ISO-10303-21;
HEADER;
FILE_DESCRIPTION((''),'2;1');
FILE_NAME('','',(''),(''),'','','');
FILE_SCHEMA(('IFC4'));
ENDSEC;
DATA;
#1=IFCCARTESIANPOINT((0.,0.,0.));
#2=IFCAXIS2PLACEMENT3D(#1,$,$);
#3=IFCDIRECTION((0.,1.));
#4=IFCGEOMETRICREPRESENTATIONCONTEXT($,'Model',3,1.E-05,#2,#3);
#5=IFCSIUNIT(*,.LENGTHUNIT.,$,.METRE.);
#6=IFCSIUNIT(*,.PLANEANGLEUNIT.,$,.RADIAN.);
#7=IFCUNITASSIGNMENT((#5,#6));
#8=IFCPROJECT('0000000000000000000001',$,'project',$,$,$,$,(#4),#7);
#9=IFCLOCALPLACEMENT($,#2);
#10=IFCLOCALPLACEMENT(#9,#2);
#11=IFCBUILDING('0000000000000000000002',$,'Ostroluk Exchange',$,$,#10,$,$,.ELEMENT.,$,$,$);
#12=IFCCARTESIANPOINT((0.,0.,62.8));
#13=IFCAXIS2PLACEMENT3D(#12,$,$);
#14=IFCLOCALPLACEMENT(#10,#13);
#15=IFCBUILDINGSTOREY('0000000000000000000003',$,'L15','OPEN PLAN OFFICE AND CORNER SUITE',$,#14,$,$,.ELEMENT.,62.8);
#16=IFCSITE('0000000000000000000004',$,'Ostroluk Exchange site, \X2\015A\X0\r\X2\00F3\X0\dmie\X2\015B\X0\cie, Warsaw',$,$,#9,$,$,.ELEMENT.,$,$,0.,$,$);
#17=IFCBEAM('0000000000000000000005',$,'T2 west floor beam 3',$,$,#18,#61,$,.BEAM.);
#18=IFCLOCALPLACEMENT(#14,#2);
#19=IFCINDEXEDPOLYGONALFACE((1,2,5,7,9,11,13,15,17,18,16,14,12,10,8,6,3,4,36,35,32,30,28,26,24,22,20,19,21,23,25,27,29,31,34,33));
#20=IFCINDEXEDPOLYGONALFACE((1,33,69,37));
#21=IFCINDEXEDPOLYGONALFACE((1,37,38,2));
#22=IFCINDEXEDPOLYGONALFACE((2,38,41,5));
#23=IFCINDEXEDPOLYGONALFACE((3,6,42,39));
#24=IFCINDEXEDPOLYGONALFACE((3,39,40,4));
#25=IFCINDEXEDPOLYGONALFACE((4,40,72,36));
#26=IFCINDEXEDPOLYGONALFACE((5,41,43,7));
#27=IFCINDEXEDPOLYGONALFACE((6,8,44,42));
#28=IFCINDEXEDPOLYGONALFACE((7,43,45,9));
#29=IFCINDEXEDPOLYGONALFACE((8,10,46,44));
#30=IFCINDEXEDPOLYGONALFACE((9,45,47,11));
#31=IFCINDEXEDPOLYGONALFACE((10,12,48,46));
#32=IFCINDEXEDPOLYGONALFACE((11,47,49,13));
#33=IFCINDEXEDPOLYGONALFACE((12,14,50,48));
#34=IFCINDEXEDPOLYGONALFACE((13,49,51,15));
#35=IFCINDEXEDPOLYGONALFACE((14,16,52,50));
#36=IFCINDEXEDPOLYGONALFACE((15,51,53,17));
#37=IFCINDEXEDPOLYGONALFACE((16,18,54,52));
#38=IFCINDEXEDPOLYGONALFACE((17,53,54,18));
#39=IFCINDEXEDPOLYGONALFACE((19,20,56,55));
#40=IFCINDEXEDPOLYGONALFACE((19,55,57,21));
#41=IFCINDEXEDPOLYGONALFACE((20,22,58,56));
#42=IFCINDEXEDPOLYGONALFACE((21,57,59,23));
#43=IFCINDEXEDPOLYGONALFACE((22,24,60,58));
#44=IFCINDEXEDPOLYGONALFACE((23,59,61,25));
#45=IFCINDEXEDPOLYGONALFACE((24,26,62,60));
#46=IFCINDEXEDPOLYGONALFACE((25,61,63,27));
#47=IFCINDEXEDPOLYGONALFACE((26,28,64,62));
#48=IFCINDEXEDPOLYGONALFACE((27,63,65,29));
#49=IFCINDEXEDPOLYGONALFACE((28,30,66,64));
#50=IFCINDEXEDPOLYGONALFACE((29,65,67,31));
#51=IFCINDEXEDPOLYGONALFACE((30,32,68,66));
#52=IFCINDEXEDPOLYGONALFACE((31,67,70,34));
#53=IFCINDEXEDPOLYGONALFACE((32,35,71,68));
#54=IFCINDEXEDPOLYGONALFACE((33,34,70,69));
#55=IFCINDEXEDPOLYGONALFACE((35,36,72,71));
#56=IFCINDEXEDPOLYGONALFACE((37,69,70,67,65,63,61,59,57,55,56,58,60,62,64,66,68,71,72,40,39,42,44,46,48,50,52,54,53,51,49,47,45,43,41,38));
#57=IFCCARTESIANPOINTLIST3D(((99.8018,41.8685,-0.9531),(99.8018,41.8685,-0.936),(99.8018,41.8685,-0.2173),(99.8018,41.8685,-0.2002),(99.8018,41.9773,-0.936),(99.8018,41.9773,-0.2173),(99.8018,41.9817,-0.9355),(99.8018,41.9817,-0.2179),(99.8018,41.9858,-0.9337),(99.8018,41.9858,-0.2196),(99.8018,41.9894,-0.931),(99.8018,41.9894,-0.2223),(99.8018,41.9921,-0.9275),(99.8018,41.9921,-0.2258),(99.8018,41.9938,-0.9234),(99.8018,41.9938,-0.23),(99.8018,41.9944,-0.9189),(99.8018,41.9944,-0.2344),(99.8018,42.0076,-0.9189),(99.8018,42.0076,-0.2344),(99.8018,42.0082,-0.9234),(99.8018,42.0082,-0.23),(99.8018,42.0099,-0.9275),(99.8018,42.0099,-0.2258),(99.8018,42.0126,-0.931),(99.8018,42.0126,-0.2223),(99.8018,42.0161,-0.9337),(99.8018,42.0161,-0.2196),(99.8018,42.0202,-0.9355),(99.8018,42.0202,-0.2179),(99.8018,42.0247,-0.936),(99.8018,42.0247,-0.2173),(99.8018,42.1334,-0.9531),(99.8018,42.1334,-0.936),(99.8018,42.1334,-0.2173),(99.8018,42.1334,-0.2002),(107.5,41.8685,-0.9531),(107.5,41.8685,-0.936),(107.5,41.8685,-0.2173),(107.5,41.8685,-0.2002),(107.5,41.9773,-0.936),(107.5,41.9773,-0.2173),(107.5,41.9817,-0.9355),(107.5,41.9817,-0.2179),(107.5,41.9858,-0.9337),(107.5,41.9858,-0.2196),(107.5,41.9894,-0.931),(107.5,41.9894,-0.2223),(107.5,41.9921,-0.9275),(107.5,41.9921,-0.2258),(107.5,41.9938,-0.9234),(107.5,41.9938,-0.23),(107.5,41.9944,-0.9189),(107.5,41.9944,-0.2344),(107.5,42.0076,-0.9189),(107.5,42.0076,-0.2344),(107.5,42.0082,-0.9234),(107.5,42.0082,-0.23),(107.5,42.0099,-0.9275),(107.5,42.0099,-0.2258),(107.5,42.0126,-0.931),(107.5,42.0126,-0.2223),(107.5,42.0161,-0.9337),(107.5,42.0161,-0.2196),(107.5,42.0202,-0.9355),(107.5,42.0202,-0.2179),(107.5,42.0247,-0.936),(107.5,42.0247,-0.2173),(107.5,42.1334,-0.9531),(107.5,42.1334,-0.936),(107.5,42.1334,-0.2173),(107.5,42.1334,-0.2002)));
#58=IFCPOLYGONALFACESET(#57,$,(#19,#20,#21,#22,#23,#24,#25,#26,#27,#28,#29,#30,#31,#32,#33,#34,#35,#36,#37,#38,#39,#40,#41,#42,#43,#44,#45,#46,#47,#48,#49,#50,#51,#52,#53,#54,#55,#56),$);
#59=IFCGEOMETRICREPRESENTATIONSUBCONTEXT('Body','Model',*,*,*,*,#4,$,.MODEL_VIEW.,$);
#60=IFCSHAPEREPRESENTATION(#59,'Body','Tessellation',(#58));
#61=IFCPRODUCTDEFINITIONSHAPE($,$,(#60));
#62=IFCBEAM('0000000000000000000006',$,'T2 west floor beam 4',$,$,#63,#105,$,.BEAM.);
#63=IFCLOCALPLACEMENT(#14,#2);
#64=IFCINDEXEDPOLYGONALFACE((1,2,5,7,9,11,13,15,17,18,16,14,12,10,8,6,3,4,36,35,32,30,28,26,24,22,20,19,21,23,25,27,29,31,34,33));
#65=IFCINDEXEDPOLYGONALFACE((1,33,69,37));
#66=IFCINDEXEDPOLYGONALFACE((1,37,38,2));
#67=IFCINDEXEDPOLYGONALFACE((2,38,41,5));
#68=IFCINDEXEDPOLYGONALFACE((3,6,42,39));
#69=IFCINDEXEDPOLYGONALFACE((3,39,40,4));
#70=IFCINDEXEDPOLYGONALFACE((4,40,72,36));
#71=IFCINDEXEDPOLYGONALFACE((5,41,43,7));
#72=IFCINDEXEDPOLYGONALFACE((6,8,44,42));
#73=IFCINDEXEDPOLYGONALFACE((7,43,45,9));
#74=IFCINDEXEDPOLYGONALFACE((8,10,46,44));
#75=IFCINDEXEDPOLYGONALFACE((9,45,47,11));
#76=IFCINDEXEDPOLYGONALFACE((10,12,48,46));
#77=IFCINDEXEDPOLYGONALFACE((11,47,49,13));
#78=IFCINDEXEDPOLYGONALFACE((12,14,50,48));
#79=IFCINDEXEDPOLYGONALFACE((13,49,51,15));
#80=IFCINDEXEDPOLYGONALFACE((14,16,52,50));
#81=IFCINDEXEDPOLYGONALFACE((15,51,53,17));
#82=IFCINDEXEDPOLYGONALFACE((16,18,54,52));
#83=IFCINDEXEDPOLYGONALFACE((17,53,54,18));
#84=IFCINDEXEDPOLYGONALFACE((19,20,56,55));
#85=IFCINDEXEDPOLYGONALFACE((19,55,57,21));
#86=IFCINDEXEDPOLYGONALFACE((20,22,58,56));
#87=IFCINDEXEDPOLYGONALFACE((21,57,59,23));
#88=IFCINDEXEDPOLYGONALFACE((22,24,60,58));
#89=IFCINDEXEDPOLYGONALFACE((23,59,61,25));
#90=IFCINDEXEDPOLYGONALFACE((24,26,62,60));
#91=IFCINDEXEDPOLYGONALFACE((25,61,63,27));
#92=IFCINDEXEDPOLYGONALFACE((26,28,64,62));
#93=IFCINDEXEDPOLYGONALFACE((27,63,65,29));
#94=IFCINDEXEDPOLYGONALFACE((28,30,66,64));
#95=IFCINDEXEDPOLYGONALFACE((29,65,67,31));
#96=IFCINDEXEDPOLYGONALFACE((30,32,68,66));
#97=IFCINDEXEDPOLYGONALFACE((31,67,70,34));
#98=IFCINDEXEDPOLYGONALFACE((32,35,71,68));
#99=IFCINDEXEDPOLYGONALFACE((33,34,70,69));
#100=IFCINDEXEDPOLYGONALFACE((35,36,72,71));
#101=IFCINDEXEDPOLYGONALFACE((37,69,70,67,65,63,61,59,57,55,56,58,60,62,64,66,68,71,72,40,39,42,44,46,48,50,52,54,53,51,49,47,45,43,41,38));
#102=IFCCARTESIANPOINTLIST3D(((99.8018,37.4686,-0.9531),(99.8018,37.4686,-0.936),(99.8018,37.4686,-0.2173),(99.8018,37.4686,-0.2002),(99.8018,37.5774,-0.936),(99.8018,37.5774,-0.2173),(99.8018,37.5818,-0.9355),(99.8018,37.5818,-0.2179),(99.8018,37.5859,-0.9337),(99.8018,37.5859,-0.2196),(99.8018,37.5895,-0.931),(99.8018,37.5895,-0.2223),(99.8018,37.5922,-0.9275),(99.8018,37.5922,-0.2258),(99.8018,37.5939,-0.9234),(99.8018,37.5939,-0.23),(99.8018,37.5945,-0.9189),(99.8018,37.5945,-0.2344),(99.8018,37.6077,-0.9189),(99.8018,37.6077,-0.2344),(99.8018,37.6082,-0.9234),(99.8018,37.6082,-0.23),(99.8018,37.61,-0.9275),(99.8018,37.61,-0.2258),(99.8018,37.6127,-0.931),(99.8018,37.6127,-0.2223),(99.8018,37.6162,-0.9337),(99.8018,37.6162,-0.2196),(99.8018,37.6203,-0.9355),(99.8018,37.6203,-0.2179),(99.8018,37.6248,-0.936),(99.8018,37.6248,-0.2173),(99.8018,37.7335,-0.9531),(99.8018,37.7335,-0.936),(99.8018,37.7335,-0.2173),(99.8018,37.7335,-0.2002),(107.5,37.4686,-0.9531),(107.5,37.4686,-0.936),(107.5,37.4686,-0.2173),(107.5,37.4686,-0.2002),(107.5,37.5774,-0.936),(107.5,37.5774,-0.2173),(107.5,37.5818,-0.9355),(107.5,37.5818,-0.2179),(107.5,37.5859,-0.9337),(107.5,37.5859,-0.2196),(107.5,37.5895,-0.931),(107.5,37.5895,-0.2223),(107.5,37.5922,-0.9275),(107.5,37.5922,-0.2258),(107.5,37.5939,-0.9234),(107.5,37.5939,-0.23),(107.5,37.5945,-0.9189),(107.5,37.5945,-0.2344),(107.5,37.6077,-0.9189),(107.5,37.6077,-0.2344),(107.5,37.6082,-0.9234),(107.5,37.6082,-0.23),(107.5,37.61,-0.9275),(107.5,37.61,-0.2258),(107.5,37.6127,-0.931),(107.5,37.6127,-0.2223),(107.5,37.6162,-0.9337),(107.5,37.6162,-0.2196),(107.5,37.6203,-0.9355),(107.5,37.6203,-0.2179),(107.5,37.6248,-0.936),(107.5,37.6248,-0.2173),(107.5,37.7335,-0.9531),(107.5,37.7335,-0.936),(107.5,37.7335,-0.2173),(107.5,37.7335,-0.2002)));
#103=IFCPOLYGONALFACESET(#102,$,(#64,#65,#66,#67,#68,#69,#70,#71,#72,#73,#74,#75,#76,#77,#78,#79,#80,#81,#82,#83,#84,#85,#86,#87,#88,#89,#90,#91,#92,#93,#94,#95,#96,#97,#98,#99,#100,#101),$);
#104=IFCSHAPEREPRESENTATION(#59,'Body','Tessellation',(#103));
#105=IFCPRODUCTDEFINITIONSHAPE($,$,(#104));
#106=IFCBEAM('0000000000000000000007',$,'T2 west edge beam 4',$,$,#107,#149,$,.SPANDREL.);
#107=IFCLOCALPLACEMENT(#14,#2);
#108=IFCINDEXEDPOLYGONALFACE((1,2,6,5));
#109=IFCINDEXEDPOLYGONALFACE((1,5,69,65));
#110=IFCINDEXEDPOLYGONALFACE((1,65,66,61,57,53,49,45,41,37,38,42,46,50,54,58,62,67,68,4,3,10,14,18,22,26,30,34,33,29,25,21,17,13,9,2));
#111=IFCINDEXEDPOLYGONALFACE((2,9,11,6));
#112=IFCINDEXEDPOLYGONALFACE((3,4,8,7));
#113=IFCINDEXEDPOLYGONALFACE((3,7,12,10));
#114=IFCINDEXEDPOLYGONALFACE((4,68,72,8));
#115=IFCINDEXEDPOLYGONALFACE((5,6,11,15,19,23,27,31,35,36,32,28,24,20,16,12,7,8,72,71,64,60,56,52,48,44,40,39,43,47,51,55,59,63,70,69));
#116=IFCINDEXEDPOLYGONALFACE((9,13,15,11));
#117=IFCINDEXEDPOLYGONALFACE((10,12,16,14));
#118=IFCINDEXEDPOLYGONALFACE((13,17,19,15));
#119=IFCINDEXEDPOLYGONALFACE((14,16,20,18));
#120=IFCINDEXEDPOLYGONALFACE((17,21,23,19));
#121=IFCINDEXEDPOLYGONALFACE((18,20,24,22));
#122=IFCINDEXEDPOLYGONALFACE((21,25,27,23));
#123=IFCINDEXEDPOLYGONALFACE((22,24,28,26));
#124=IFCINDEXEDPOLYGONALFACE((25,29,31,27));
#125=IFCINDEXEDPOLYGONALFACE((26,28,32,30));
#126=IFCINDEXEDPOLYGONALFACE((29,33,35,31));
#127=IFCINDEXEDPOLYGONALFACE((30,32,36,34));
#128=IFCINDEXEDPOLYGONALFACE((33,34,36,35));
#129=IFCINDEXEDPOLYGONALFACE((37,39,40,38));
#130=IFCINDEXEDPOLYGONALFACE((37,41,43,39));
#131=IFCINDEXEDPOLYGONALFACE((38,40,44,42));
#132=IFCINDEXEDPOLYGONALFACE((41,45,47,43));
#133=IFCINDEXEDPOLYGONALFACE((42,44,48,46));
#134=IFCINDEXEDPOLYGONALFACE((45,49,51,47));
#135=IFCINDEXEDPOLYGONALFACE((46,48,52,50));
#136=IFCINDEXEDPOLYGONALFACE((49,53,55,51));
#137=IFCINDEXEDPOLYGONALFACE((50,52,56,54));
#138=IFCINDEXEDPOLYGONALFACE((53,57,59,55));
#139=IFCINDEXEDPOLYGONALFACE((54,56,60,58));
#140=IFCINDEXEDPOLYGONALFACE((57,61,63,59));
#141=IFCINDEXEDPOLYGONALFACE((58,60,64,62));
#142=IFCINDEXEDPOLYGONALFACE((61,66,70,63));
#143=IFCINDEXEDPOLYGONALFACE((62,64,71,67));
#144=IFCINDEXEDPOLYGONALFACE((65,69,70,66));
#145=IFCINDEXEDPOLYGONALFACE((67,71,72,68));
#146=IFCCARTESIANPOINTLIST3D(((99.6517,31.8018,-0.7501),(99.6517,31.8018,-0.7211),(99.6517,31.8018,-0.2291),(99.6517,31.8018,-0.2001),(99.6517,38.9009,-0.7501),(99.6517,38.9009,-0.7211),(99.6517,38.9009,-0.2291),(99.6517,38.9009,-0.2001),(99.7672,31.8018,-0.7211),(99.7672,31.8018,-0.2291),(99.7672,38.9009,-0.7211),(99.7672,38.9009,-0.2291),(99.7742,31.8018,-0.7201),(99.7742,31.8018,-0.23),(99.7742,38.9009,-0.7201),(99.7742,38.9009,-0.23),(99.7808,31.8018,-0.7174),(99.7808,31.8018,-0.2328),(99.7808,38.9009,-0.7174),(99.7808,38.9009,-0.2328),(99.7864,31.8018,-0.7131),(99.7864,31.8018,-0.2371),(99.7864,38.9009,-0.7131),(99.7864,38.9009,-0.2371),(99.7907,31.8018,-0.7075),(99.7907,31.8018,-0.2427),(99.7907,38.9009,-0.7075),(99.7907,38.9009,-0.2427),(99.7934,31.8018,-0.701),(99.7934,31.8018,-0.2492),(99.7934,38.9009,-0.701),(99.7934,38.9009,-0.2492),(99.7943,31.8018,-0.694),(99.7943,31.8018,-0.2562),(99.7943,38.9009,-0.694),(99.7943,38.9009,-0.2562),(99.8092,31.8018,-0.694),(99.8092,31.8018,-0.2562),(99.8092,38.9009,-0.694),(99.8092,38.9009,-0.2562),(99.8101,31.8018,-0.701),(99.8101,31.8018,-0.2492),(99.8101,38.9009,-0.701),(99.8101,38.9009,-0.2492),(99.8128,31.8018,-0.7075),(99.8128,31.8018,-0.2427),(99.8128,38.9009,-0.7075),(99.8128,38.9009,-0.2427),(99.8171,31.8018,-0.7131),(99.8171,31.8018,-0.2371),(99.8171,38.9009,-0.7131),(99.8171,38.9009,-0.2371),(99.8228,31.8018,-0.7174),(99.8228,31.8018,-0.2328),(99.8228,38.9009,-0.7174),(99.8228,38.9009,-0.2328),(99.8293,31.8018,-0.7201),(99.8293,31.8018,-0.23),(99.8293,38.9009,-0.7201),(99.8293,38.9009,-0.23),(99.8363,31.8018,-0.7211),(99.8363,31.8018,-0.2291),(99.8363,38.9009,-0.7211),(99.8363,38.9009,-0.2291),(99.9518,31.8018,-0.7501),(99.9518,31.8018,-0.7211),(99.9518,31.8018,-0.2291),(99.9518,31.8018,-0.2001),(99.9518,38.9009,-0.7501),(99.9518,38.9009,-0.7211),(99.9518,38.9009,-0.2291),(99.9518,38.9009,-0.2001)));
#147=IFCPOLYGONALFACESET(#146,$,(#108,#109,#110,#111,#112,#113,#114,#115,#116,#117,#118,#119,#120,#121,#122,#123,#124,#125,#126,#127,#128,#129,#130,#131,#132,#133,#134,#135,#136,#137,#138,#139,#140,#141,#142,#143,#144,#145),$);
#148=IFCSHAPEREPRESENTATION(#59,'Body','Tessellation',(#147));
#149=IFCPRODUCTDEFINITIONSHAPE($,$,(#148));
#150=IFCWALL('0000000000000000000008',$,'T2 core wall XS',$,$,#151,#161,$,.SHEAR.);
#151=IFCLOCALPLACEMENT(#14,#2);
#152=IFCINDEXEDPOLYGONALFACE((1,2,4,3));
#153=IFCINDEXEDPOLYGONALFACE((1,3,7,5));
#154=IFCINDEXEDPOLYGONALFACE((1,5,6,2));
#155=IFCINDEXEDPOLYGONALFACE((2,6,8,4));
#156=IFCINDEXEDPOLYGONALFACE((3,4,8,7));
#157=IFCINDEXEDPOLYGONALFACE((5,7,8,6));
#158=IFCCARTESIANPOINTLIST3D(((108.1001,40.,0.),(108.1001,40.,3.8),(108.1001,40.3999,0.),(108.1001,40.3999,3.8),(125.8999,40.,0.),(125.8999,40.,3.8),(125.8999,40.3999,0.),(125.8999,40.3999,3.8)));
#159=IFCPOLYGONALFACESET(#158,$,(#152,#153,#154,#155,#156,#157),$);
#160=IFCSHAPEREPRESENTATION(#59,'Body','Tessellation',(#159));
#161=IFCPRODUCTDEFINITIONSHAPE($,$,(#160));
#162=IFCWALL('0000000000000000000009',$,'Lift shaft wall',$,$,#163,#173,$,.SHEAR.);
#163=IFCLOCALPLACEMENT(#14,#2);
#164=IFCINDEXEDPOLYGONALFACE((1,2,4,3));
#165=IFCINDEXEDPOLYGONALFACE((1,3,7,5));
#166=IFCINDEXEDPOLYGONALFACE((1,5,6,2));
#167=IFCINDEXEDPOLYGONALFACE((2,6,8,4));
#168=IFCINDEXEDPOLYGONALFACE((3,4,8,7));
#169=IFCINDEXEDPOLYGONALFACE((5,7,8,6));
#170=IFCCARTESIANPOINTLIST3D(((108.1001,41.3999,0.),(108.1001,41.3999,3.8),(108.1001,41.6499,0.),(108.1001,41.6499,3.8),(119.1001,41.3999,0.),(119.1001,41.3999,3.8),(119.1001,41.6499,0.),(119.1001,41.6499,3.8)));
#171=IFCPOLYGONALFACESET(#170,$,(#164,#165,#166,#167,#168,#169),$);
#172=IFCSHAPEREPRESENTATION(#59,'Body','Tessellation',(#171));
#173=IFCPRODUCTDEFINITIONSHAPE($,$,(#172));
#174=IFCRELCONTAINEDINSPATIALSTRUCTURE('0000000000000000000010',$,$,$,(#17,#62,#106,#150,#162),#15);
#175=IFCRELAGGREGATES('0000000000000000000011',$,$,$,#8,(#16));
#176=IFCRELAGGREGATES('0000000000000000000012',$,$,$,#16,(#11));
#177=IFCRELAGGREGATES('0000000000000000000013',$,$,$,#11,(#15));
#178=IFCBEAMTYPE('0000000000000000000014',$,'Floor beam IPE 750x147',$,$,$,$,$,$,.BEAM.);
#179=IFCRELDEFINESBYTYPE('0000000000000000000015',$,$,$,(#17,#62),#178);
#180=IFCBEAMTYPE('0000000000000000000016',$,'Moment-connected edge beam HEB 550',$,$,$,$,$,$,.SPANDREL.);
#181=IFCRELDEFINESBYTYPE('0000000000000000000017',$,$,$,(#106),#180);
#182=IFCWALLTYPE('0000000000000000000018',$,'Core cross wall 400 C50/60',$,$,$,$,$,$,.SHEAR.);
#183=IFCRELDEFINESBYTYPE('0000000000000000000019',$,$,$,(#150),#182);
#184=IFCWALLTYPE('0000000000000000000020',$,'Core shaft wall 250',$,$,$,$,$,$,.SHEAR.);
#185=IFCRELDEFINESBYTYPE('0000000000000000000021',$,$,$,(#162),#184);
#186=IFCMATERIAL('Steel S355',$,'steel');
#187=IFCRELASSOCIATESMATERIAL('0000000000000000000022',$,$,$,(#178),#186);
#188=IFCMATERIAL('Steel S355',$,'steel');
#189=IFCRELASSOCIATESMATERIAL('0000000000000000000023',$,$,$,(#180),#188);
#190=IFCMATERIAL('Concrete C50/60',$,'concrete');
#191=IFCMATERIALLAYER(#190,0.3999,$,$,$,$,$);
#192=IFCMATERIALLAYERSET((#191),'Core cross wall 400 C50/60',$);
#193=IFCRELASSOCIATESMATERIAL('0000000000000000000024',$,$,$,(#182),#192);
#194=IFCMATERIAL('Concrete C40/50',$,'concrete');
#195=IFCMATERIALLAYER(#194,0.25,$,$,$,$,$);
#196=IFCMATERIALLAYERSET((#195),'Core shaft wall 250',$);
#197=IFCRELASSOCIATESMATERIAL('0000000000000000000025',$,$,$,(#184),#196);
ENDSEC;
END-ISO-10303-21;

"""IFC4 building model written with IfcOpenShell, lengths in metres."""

from ifc_helpers import new_model, si_unit, direction, frame, frame_2d, origin, origin_2d, place, context, subcontext, project, spatial, rectangle, i_section, extrude, material, layer, layer_set, material_profile, profile_set, type_object, element, save


model = new_model("IFC4")

# Units and contexts
model_context = context("Model", 3, precision=1e-05, world=origin(), true_north=direction((0.0, 1.0)))
body_context = subcontext(model_context, "Body", "Model", "MODEL_VIEW")
ifc_project = project(units=[si_unit("LENGTHUNIT", "METRE"), si_unit("PLANEANGLEUNIT", "RADIAN")], contexts=[model_context])

# Site, building, storey
site_placement = place(None, origin())
site = spatial("IfcSite", under=ifc_project, at=site_placement, Name="Ostroluk Exchange site, Śródmieście, Warsaw", CompositionType="ELEMENT", RefElevation=0.0)
building_placement = place(site_placement, origin())
building = spatial("IfcBuilding", under=site, at=building_placement, Name="Ostroluk Exchange", CompositionType="ELEMENT")
storey_placement = place(building_placement, frame((0.0, 0.0, 62.8)))
storey = spatial("IfcBuildingStorey", under=building, at=storey_placement, Name="L15", Description="OPEN PLAN OFFICE AND CORNER SUITE", CompositionType="ELEMENT", Elevation=62.8)

# Beams
ifc_material_1 = material(Name="Steel S355", Category="steel")
ifc_material_profile_1 = material_profile(ifc_material_1, i_section(OverallWidth=0.2649, OverallDepth=0.7529, WebThickness=0.0132, FlangeThickness=0.0171, FilletRadius=0.0171, at=origin_2d()), Name="IPE 750x147")
ifc_profile_set_1 = profile_set([ifc_material_profile_1], Name="Steel S355")
beam_type_1 = type_object("IfcBeamType", Name="Floor beam IPE 750x147", PredefinedType="BEAM", material=ifc_profile_set_1)
for number, where, z_axis, x_axis, name in (
    (1, (107.5, 42.001, -0.5767), (-1.0, 0.0, 0.0), (0.0, -1.0, 0.0), "T2 west floor beam 3"),
    (2, (107.5, 37.6011, -0.5767), (-1.0, 0.0, 0.0), (0.0, -1.0, 0.0), "T2 west floor beam 4"),
):
    element("IfcBeam", number, at=place(storey_placement, frame(where, z_axis=z_axis, x_axis=x_axis)), inside=storey, type_object=beam_type_1, Name=name, PredefinedType="BEAM", context=body_context, shape_type="SweptSolid", body=[
        extrude(i_section(OverallWidth=0.2649, OverallDepth=0.7529, WebThickness=0.0132, FlangeThickness=0.0171, FilletRadius=0.0171, at=origin_2d()), origin(), (0.0, 0.0, 1.0), 7.6982),
    ])
ifc_material_2 = material(Name="Steel S355", Category="steel")
ifc_material_profile_2 = material_profile(ifc_material_2, i_section(OverallWidth=0.3, OverallDepth=0.55, WebThickness=0.0149, FlangeThickness=0.0291, FilletRadius=0.0271, at=origin_2d()), Name="HEB 550")
ifc_profile_set_2 = profile_set([ifc_material_profile_2], Name="Steel S355")
beam_type_2 = type_object("IfcBeamType", Name="Moment-connected edge beam HEB 550", PredefinedType="SPANDREL", material=ifc_profile_set_2)
beam_placement = place(storey_placement, frame((99.8018, 38.9009, -0.4751), z_axis=(0.0, -1.0, 0.0), x_axis=(1.0, 0.0, 0.0)))
element("IfcBeam", 3, at=beam_placement, inside=storey, type_object=beam_type_2, Name="T2 west edge beam 4", PredefinedType="SPANDREL", context=body_context, shape_type="SweptSolid", body=[
    extrude(i_section(OverallWidth=0.3, OverallDepth=0.55, WebThickness=0.0149, FlangeThickness=0.0291, FilletRadius=0.0271, at=origin_2d()), origin(), (0.0, 0.0, 1.0), 7.0991),
])

# Walls
ifc_material_3 = material(Name="Concrete C50/60", Category="concrete")
ifc_layer_1 = layer(ifc_material_3, 0.3999)
ifc_layer_set_1 = layer_set([ifc_layer_1], Name="Core cross wall 400 C50/60")
wall_type_1 = type_object("IfcWallType", Name="Core cross wall 400 C50/60", PredefinedType="SHEAR", material=ifc_layer_set_1)
wall_1_placement = place(storey_placement, frame((108.1001, 40.2, 0.0), z_axis=(0.0, 0.0, 1.0), x_axis=(1.0, 0.0, 0.0)))
element("IfcWall", 4, at=wall_1_placement, inside=storey, type_object=wall_type_1, Name="T2 core wall XS", PredefinedType="SHEAR", context=body_context, shape_type="SweptSolid", body=[
    extrude(rectangle(XDim=17.7998, YDim=0.3999, at=frame_2d((8.8999, 0.0))), origin(), (0.0, 0.0, 1.0), 3.8),
])
ifc_material_4 = material(Name="Concrete C40/50", Category="concrete")
ifc_layer_2 = layer(ifc_material_4, 0.25)
ifc_layer_set_2 = layer_set([ifc_layer_2], Name="Core shaft wall 250")
wall_type_2 = type_object("IfcWallType", Name="Core shaft wall 250", PredefinedType="SHEAR", material=ifc_layer_set_2)
wall_2_placement = place(storey_placement, frame((108.1001, 41.5249, 0.0), z_axis=(0.0, 0.0, 1.0), x_axis=(1.0, 0.0, 0.0)))
element("IfcWall", 5, at=wall_2_placement, inside=storey, type_object=wall_type_2, Name="Lift shaft wall", PredefinedType="SHEAR", context=body_context, shape_type="SweptSolid", body=[
    extrude(rectangle(XDim=11.0, YDim=0.25, at=frame_2d((5.5, 0.0))), origin(), (0.0, 0.0, 1.0), 3.8),
])

save(model, "model.ifc")
